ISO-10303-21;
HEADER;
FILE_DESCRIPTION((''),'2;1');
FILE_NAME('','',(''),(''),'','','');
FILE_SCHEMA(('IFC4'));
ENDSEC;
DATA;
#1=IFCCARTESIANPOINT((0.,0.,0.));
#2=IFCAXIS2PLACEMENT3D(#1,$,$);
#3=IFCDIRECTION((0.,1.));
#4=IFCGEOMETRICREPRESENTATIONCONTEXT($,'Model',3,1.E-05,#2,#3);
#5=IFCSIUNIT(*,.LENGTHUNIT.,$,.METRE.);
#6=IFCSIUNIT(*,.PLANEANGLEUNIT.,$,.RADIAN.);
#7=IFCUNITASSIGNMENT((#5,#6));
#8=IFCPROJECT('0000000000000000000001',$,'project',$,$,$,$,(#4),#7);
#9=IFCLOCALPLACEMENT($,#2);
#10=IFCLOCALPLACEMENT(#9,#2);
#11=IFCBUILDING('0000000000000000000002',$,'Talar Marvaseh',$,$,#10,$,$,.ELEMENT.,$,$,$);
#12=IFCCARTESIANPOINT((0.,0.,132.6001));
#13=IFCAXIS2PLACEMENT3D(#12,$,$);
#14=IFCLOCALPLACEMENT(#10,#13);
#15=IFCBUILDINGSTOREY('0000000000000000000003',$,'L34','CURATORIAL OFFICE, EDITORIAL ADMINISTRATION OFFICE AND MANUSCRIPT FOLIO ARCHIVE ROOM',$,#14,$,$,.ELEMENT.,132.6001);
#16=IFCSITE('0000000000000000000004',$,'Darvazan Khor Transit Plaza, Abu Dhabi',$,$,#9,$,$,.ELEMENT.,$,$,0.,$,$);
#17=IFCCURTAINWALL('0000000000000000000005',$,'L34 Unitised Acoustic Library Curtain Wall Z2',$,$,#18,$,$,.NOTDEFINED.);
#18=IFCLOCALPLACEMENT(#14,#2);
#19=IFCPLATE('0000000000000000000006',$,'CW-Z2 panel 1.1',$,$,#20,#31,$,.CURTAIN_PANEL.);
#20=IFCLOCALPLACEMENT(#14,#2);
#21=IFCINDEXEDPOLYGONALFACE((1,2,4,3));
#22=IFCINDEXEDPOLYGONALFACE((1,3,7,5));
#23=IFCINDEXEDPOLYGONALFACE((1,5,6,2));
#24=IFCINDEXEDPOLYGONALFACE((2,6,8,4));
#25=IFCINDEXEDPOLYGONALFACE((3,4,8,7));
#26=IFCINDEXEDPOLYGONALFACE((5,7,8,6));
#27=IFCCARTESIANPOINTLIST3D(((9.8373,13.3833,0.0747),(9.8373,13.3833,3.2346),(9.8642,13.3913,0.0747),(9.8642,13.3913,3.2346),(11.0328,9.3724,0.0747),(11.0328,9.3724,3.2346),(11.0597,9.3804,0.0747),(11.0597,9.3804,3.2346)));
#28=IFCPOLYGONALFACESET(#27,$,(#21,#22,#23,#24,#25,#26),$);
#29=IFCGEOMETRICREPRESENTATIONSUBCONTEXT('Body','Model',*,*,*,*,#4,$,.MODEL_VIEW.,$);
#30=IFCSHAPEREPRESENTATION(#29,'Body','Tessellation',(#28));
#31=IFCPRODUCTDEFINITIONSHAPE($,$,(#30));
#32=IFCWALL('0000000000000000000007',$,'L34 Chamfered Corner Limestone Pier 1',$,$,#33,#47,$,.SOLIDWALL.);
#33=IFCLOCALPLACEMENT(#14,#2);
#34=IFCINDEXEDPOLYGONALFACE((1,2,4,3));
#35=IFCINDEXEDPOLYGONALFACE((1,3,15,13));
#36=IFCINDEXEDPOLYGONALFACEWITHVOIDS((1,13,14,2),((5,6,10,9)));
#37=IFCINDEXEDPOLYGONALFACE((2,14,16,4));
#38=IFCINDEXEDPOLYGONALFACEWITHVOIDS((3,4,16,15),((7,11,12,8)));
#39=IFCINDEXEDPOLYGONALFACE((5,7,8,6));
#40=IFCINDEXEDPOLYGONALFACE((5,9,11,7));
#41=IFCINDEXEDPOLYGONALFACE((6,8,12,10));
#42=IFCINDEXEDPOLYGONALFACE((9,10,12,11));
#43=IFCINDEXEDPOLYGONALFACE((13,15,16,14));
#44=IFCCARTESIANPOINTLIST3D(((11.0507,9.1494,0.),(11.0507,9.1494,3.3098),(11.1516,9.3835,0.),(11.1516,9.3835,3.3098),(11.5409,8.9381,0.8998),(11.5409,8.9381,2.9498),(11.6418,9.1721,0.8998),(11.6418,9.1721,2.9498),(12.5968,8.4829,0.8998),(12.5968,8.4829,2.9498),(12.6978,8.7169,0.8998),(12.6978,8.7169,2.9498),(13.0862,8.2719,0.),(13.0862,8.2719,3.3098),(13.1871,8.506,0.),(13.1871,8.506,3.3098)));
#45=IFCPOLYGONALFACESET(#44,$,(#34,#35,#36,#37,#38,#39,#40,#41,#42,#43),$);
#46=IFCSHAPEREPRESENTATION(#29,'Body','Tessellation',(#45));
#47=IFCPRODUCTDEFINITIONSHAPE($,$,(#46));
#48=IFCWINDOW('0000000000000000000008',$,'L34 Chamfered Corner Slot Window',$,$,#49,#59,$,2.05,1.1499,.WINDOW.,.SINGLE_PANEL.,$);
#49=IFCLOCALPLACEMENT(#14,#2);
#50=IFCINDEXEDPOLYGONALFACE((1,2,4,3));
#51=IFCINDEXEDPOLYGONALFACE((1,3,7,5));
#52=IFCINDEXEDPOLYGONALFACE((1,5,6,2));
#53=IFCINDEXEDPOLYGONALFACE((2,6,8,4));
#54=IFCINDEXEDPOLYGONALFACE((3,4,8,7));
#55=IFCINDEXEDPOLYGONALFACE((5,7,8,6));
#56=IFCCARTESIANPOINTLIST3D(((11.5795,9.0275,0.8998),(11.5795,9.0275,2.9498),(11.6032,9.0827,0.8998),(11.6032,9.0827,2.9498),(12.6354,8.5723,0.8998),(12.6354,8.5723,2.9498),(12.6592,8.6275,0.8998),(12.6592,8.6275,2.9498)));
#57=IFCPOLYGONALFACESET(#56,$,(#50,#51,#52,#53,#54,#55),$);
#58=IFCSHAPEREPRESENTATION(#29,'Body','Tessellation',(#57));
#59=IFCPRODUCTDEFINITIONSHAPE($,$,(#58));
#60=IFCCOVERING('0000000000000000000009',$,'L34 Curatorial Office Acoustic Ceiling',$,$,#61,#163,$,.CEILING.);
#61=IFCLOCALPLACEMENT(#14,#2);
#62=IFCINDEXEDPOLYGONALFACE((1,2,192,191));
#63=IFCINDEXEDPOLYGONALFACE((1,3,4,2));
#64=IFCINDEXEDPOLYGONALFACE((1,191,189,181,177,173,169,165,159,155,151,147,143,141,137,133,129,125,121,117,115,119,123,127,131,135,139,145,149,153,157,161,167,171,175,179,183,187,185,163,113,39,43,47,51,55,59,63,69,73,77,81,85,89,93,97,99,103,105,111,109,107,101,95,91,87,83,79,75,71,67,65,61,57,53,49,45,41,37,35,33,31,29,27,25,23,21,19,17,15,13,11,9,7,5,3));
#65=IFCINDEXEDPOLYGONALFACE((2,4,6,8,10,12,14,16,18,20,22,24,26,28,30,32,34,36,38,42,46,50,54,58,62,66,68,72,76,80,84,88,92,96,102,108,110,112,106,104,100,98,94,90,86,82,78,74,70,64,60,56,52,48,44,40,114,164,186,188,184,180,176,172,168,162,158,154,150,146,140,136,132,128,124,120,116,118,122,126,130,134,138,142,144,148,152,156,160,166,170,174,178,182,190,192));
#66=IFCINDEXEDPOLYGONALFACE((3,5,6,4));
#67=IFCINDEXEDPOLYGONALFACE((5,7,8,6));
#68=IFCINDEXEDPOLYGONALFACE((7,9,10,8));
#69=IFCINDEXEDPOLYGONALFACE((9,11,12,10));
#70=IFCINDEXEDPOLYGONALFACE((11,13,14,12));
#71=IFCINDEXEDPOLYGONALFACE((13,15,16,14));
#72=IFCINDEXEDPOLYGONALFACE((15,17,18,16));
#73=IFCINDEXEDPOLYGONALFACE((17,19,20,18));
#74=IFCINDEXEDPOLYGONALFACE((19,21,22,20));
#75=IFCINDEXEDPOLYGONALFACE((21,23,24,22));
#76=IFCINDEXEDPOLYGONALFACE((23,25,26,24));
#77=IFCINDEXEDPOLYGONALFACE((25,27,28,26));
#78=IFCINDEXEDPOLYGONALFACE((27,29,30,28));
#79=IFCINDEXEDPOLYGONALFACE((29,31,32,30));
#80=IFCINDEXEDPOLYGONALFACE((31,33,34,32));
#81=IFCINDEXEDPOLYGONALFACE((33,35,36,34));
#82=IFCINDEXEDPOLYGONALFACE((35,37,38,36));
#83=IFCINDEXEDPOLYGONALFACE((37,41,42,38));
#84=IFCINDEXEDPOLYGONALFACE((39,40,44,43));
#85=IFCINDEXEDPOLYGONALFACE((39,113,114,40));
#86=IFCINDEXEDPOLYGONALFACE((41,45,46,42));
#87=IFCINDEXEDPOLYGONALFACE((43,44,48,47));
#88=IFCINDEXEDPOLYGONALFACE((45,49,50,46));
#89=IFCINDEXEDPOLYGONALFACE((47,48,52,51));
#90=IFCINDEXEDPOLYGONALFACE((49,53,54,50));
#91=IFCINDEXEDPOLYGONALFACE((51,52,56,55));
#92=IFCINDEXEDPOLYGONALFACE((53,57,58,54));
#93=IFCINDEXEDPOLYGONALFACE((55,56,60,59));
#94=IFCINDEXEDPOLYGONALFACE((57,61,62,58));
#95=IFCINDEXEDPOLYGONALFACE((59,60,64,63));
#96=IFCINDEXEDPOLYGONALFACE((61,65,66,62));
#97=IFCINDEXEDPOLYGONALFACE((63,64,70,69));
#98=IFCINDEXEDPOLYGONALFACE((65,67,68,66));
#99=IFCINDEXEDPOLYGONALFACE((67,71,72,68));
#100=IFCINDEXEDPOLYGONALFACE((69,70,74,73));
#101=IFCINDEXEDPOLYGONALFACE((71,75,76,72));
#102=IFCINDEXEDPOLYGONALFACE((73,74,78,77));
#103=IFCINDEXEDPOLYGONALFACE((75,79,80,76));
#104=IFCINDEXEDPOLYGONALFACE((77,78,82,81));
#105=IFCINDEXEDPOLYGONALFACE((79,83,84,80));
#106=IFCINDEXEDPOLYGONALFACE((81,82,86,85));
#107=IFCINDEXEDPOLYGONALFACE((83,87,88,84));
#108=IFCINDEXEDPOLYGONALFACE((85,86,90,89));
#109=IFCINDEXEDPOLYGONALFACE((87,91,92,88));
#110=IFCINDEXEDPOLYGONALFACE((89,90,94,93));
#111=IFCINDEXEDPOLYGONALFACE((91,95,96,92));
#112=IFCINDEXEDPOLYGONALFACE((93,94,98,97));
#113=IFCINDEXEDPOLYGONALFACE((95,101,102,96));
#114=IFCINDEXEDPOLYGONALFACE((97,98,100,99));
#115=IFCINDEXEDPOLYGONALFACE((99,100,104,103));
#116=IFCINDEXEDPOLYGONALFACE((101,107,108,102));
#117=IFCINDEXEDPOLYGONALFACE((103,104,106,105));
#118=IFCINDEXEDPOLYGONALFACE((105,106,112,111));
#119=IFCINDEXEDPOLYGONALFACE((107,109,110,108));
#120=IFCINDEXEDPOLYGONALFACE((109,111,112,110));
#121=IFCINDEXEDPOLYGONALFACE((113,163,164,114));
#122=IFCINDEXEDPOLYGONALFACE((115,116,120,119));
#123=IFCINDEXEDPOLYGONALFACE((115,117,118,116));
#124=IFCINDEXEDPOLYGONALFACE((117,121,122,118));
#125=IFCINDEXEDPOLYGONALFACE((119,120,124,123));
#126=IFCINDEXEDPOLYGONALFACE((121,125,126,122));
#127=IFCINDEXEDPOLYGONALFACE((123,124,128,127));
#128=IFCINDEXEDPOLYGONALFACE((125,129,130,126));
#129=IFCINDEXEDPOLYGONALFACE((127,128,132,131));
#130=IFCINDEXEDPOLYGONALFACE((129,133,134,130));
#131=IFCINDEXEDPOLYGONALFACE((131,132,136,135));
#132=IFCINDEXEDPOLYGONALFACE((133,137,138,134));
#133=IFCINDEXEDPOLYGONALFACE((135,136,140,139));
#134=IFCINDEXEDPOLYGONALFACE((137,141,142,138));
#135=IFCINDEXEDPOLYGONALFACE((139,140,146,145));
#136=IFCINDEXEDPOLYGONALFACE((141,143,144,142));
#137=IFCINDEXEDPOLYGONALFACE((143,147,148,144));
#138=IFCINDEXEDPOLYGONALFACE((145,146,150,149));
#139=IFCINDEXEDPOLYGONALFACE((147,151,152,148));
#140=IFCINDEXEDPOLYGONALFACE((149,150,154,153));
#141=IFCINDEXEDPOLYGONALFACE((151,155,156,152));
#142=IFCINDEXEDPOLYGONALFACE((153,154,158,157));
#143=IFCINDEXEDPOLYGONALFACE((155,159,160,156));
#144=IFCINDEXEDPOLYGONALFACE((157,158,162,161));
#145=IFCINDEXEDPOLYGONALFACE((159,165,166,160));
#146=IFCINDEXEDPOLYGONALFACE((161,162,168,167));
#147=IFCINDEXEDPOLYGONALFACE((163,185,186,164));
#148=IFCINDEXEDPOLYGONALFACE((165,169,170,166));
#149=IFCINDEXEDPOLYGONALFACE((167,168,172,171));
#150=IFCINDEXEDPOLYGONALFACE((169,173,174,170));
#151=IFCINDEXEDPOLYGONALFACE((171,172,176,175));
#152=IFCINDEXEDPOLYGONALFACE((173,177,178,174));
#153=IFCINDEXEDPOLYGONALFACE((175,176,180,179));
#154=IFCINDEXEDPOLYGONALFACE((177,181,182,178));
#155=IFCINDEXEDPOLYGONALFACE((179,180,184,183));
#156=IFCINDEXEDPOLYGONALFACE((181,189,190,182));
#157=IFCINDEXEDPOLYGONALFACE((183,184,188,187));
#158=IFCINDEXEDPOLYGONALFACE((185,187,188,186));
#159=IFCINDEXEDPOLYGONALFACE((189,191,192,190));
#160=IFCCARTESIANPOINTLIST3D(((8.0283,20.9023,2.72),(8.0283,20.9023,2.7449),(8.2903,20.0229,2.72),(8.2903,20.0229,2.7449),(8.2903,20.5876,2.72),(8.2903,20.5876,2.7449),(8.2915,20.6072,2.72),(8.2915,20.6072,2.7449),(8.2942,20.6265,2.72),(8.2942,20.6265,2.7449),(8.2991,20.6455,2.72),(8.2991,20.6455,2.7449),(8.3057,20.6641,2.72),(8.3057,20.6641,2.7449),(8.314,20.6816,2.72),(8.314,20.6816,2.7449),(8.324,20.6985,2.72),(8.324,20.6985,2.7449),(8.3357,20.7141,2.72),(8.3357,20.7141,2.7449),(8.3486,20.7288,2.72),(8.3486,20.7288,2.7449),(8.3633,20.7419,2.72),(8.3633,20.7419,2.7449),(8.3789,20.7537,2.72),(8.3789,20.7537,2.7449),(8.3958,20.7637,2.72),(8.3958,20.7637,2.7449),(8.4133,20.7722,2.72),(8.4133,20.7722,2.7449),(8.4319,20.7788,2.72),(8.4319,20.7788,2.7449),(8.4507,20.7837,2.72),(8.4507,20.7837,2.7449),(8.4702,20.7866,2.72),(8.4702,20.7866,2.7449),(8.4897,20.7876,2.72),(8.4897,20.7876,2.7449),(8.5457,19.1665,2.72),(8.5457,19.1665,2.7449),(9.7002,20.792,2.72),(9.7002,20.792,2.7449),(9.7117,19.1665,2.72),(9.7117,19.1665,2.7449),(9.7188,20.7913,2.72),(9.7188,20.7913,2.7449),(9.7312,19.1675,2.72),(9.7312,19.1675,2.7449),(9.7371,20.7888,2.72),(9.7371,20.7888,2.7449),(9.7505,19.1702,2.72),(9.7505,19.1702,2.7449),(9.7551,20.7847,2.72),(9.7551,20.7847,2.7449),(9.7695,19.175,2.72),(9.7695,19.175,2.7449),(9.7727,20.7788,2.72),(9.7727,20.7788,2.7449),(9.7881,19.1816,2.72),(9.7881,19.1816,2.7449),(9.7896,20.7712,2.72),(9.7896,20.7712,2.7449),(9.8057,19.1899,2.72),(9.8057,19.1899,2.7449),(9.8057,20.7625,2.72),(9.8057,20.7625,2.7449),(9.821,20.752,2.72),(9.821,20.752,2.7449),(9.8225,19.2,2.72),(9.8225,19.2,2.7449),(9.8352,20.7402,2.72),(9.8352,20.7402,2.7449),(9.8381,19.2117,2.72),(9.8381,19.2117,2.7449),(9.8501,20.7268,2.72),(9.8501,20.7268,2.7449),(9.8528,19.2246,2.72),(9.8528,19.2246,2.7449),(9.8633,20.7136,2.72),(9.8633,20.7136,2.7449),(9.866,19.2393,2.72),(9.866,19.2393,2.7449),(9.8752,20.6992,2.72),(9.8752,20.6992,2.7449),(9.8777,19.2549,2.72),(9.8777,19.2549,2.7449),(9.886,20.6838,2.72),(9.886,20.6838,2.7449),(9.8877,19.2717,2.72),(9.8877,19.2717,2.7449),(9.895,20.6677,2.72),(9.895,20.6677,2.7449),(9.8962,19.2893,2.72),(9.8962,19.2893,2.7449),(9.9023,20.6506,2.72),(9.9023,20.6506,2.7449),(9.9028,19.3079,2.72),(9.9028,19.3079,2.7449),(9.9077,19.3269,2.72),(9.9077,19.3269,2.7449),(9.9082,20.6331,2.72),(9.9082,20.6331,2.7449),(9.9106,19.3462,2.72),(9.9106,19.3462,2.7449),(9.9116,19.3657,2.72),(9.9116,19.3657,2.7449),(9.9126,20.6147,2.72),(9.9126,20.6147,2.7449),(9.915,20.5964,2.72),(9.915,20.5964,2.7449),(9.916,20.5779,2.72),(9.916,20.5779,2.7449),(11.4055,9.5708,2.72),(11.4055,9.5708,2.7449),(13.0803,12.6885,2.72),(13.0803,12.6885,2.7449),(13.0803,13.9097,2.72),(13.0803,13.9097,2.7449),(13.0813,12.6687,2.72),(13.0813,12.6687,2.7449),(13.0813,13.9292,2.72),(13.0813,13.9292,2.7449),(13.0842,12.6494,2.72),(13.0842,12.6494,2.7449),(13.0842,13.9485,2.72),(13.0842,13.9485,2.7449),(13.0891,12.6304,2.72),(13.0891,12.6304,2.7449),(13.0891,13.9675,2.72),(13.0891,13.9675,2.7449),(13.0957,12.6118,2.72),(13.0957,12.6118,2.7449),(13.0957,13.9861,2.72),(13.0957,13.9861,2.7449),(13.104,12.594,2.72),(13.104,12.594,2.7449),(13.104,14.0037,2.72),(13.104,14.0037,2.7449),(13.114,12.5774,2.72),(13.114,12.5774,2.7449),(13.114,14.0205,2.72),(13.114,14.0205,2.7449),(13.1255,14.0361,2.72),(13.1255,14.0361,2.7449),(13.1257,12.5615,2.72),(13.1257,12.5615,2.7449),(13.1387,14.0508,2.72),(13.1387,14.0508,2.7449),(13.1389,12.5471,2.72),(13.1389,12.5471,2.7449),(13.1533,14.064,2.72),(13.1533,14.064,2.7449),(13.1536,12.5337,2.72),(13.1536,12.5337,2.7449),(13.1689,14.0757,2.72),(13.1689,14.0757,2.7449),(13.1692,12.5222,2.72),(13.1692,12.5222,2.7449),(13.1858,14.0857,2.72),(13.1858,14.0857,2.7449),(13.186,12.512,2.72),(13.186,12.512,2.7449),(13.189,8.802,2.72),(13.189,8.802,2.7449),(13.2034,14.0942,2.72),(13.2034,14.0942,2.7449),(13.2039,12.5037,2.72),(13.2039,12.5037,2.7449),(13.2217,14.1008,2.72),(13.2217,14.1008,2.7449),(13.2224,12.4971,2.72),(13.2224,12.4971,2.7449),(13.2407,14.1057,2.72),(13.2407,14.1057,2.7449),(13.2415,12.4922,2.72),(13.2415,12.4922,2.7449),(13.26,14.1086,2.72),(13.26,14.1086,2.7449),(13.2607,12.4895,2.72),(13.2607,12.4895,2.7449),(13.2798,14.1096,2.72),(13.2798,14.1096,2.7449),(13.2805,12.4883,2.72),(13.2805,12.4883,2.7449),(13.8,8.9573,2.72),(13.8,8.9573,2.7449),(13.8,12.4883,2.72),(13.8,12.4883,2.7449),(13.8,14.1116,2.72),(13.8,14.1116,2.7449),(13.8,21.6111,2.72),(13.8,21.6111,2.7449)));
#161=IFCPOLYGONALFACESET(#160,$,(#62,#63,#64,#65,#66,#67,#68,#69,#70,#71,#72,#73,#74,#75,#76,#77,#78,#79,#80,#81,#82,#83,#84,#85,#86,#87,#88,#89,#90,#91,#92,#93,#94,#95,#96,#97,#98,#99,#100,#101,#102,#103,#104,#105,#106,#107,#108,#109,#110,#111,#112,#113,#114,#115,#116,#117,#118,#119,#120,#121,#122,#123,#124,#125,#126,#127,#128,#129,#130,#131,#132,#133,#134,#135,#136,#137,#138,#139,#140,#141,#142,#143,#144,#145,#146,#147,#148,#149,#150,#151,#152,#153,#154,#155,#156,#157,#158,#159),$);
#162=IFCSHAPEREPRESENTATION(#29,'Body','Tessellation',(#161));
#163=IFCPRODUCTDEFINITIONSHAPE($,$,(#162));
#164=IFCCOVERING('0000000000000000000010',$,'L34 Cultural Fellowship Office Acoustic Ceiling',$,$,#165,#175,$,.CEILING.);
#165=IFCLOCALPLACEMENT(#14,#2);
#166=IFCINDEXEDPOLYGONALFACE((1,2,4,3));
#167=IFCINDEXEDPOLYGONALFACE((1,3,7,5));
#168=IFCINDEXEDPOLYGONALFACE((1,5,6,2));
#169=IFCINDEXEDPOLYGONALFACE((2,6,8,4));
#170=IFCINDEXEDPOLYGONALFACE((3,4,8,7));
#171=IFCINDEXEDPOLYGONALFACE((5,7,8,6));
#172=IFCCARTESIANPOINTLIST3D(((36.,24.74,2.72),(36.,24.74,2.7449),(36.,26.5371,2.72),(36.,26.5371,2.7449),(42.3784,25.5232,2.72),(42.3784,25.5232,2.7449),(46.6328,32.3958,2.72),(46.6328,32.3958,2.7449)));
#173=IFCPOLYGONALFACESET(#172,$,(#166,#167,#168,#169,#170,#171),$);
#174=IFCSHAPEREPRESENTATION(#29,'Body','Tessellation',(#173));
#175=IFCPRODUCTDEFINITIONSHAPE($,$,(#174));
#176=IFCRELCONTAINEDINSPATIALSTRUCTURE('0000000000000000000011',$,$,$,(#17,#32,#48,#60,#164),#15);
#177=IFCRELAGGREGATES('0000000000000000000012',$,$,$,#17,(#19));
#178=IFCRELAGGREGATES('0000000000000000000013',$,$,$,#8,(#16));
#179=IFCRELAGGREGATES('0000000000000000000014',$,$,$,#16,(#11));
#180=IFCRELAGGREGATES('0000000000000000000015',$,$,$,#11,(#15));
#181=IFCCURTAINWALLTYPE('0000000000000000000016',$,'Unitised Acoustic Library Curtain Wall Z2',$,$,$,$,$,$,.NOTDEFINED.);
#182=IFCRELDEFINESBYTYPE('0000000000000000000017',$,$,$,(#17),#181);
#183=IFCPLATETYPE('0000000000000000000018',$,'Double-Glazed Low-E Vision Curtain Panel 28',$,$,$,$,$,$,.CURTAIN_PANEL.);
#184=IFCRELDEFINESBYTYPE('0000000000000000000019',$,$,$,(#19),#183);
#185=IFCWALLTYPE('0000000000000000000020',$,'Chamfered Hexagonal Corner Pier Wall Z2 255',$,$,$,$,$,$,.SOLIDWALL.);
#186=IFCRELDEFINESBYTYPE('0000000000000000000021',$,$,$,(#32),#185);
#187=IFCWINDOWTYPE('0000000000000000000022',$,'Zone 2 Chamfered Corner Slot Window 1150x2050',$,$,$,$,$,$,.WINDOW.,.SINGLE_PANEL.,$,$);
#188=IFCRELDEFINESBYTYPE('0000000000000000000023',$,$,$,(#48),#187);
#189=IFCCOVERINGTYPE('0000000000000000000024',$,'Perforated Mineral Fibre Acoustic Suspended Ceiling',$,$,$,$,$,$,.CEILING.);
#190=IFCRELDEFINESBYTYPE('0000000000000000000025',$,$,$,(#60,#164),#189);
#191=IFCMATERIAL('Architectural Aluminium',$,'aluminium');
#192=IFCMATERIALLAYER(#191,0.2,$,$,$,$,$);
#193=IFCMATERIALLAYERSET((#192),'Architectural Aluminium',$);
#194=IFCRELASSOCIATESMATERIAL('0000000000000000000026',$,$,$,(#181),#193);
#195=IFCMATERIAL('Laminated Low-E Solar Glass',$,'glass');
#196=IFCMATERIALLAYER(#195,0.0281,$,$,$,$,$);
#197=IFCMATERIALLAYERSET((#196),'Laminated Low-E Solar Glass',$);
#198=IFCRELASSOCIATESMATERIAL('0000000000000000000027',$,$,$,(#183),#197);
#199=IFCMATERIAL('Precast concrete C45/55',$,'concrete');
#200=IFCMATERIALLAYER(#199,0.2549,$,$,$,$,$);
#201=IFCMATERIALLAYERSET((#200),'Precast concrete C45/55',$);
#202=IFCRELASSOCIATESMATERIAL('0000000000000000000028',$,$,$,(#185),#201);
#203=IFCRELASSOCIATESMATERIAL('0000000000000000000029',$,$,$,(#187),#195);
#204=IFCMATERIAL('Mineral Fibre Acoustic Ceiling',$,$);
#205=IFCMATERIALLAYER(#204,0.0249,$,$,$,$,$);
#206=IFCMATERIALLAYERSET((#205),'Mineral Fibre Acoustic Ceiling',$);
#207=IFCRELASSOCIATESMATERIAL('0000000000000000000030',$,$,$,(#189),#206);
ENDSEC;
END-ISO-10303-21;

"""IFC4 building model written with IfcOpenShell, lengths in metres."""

from ifc_helpers import new_model, si_unit, direction, frame, frame_2d, origin, origin_2d, place, context, subcontext, project, spatial, polyline, rectangle, outline, extrude, source, transform, mapped, material, layer, layer_set, type_object, type_shapes, element, fill, aggregate, save


model = new_model("IFC4")

# Units and contexts
model_context = context("Model", 3, precision=1e-05, world=origin(), true_north=direction((0.0, 1.0)))
body_context = subcontext(model_context, "Body", "Model", "MODEL_VIEW")
ifc_project = project(units=[si_unit("LENGTHUNIT", "METRE"), si_unit("PLANEANGLEUNIT", "RADIAN")], contexts=[model_context])

# Site, building, storey
site_placement = place(None, origin())
site = spatial("IfcSite", under=ifc_project, at=site_placement, Name="Darvazan Khor Transit Plaza, Abu Dhabi", CompositionType="ELEMENT", RefElevation=0.0)
building_placement = place(site_placement, origin())
building = spatial("IfcBuilding", under=site, at=building_placement, Name="Talar Marvaseh", CompositionType="ELEMENT")
storey_placement = place(building_placement, frame((0.0, 0.0, 132.6001)))
storey = spatial("IfcBuildingStorey", under=building, at=storey_placement, Name="L34", Description="CURATORIAL OFFICE, EDITORIAL ADMINISTRATION OFFICE AND MANUSCRIPT FOLIO ARCHIVE ROOM", CompositionType="ELEMENT", Elevation=132.6001)

# Curtain wall
ifc_material_1 = material(Name="Architectural Aluminium", Category="aluminium")
ifc_layer_1 = layer(ifc_material_1, 0.2)
ifc_layer_set_1 = layer_set([ifc_layer_1], Name="Architectural Aluminium")
curtain_wall_type = type_object("IfcCurtainWallType", Name="Unitised Acoustic Library Curtain Wall Z2", PredefinedType="NOTDEFINED", material=ifc_layer_set_1)
curtain_wall_1_placement = place(storey_placement, origin())
curtain_wall_1 = element("IfcCurtainWall", 1, at=curtain_wall_1_placement, inside=storey, type_object=curtain_wall_type, Name="L34 Unitised Acoustic Library Curtain Wall Z2", PredefinedType="NOTDEFINED")

# Plate
ifc_material_2 = material(Name="Laminated Low-E Solar Glass", Category="glass")
ifc_layer_2 = layer(ifc_material_2, 0.0281)
ifc_layer_set_2 = layer_set([ifc_layer_2], Name="Laminated Low-E Solar Glass")
plate_type = type_object("IfcPlateType", Name="Double-Glazed Low-E Vision Curtain Panel 28", PredefinedType="CURTAIN_PANEL", material=ifc_layer_set_2)
shared_shape_1 = source(origin(), body_context, "Body", "SweptSolid", [
    extrude(rectangle(XDim=4.1853, YDim=0.0281, at=origin_2d()), origin(), (0.0, 0.0, 1.0), 3.1599),
])
type_shapes(plate_type, [shared_shape_1])
plate_placement = place(storey_placement, frame((10.4485, 11.3818, 0.0747), z_axis=(0.0, 0.0, 1.0), x_axis=(-0.285628, 0.958341, 0.0)))
plate = element("IfcPlate", 2, at=plate_placement, type_object=plate_type, Name="CW-Z2 panel 1.1", PredefinedType="CURTAIN_PANEL", context=body_context, shape_type="MappedRepresentation", body=[
    mapped(shared_shape_1, transform((0.0, 0.0, 0.0), x_axis=(1.0, 0.0, 0.0), y_axis=(0.0, 1.0, 0.0), z_axis=(0.0, 0.0, 1.0), scale=1.0)),
])
aggregate(curtain_wall_1, [plate])

# Wall, opening, window
ifc_material_3 = material(Name="Precast concrete C45/55", Category="concrete")
ifc_layer_3 = layer(ifc_material_3, 0.2549)
ifc_layer_set_3 = layer_set([ifc_layer_3], Name="Precast concrete C45/55")
wall_type = type_object("IfcWallType", Name="Chamfered Hexagonal Corner Pier Wall Z2 255", PredefinedType="SOLIDWALL", material=ifc_layer_set_3)
wall_placement = place(storey_placement, frame((13.1367, 8.3889, 0.0), z_axis=(0.0, 0.0, 1.0), x_axis=(-0.918305, 0.395873, 0.0)))
wall = element("IfcWall", 3, at=wall_placement, inside=storey, type_object=wall_type, Name="L34 Chamfered Corner Limestone Pier 1", PredefinedType="SOLIDWALL", context=body_context, shape_type="SweptSolid", body=[
    extrude(rectangle(XDim=2.2166, YDim=0.2549, at=frame_2d((1.1084, 0.0))), origin(), (0.0, 0.0, 1.0), 3.3098),
])
opening_placement = place(wall_placement, frame((0.533, 0.0, 0.8999)))
opening = element("IfcOpeningElement", 4, at=opening_placement, cuts=wall, PredefinedType="OPENING", context=body_context, shape_type="SweptSolid", body=[
    extrude(rectangle(XDim=1.1499, YDim=2.05, at=frame_2d((0.575, 1.0249))), frame((0.0, 0.1375, 0.0), z_axis=(0.0, -1.0, 0.0), x_axis=(1.0, 0.0, 0.0)), (0.0, 0.0, 1.0), 0.2749),
])
window_type = type_object("IfcWindowType", Name="Zone 2 Chamfered Corner Slot Window 1150x2050", PartitioningType="SINGLE_PANEL", PredefinedType="WINDOW", material=ifc_material_2)
shared_shape_2 = source(origin(), body_context, "Body", "SweptSolid", [
    extrude(rectangle(XDim=1.1499, YDim=2.05, at=frame_2d((0.575, 1.0249))), frame((0.0, 0.03, 0.0), z_axis=(0.0, -1.0, 0.0), x_axis=(1.0, 0.0, 0.0)), (0.0, 0.0, 1.0), 0.0601),
])
type_shapes(window_type, [shared_shape_2])
window_placement = place(opening_placement, origin())
window = element("IfcWindow", 5, at=window_placement, inside=storey, type_object=window_type, Name="L34 Chamfered Corner Slot Window", OverallHeight=2.05, OverallWidth=1.1499, PartitioningType="SINGLE_PANEL", PredefinedType="WINDOW", context=body_context, shape_type="MappedRepresentation", body=[
    mapped(shared_shape_2, transform((0.0, 0.0, 0.0), x_axis=(1.0, 0.0, 0.0), y_axis=(0.0, 1.0, 0.0), z_axis=(0.0, 0.0, 1.0), scale=1.0)),
])
fill(opening, window)

# Coverings
ifc_material_4 = material(Name="Mineral Fibre Acoustic Ceiling")
ifc_layer_4 = layer(ifc_material_4, 0.0249)
ifc_layer_set_4 = layer_set([ifc_layer_4], Name="Mineral Fibre Acoustic Ceiling")
covering_type_1 = type_object("IfcCoveringType", Name="Perforated Mineral Fibre Acoustic Suspended Ceiling", PredefinedType="CEILING", material=ifc_layer_set_4)
covering_1_placement = place(storey_placement, frame((0.0, 0.0, 2.72)))
element("IfcCovering", 6, at=covering_1_placement, inside=storey, type_object=covering_type_1, Name="L34 Curatorial Office Acoustic Ceiling", PredefinedType="CEILING", context=body_context, shape_type="SweptSolid", body=[
    extrude(outline(polyline([(13.8, 14.1116), (13.2798, 14.1096), (13.26, 14.1086), (13.2407, 14.1057), (13.2217, 14.1008), (13.2034, 14.0942), (13.1858, 14.0857), (13.1689, 14.0757), (13.1533, 14.064), (13.1387, 14.0508), (13.1255, 14.0361), (13.114, 14.0205), (13.104, 14.0037), (13.0957, 13.9861), (13.0891, 13.9675), (13.0842, 13.9485), (13.0813, 13.9292), (13.0803, 13.9097), (13.0803, 12.6885), (13.0813, 12.6687), (13.0842, 12.6494), (13.0891, 12.6304), (13.0957, 12.6118), (13.104, 12.594), (13.114, 12.5774), (13.1257, 12.5615), (13.1389, 12.5471), (13.1536, 12.5337), (13.1692, 12.5222), (13.186, 12.512), (13.2039, 12.5037), (13.2224, 12.4971), (13.2415, 12.4922), (13.2607, 12.4895), (13.2805, 12.4883), (13.8, 12.4883), (13.8, 8.9573), (13.189, 8.802), (11.4055, 9.5708), (8.5457, 19.1665), (9.7117, 19.1665), (9.7312, 19.1675), (9.7505, 19.1702), (9.7695, 19.175), (9.7881, 19.1816), (9.8057, 19.1899), (9.8225, 19.2), (9.8381, 19.2117), (9.8528, 19.2246), (9.866, 19.2393), (9.8777, 19.2549), (9.8877, 19.2717), (9.8962, 19.2893), (9.9028, 19.3079), (9.9077, 19.3269), (9.9106, 19.3462), (9.9116, 19.3657), (9.916, 20.5779), (9.915, 20.5964), (9.9126, 20.6147), (9.9082, 20.6331), (9.9023, 20.6506), (9.895, 20.6677), (9.886, 20.6838), (9.8752, 20.6992), (9.8633, 20.7136), (9.8501, 20.7268), (9.8352, 20.7402), (9.821, 20.752), (9.8057, 20.7625), (9.7896, 20.7712), (9.7727, 20.7788), (9.7551, 20.7847), (9.7371, 20.7888), (9.7188, 20.7913), (9.7002, 20.792), (8.4897, 20.7876), (8.4702, 20.7866), (8.4507, 20.7837), (8.4319, 20.7788), (8.4133, 20.7722), (8.3958, 20.7637), (8.3789, 20.7537), (8.3633, 20.7419), (8.3486, 20.7288), (8.3357, 20.7141), (8.324, 20.6985), (8.314, 20.6816), (8.3057, 20.6641), (8.2991, 20.6455), (8.2942, 20.6265), (8.2915, 20.6072), (8.2903, 20.5876), (8.2903, 20.0229), (8.0283, 20.9023), (13.8, 21.6111), (13.8, 14.1116)])), origin(), (0.0, 0.0, 1.0), 0.0249),
])
covering_2_placement = place(storey_placement, frame((0.0, 0.0, 2.72)))
element("IfcCovering", 7, at=covering_2_placement, inside=storey, type_object=covering_type_1, Name="L34 Cultural Fellowship Office Acoustic Ceiling", PredefinedType="CEILING", context=body_context, shape_type="SweptSolid", body=[
    extrude(outline(polyline([(46.6328, 32.3958), (42.3784, 25.5232), (36.0, 24.74), (36.0, 26.5371), (46.6328, 32.3958)])), origin(), (0.0, 0.0, 1.0), 0.0249),
])

save(model, "model.ifc")
